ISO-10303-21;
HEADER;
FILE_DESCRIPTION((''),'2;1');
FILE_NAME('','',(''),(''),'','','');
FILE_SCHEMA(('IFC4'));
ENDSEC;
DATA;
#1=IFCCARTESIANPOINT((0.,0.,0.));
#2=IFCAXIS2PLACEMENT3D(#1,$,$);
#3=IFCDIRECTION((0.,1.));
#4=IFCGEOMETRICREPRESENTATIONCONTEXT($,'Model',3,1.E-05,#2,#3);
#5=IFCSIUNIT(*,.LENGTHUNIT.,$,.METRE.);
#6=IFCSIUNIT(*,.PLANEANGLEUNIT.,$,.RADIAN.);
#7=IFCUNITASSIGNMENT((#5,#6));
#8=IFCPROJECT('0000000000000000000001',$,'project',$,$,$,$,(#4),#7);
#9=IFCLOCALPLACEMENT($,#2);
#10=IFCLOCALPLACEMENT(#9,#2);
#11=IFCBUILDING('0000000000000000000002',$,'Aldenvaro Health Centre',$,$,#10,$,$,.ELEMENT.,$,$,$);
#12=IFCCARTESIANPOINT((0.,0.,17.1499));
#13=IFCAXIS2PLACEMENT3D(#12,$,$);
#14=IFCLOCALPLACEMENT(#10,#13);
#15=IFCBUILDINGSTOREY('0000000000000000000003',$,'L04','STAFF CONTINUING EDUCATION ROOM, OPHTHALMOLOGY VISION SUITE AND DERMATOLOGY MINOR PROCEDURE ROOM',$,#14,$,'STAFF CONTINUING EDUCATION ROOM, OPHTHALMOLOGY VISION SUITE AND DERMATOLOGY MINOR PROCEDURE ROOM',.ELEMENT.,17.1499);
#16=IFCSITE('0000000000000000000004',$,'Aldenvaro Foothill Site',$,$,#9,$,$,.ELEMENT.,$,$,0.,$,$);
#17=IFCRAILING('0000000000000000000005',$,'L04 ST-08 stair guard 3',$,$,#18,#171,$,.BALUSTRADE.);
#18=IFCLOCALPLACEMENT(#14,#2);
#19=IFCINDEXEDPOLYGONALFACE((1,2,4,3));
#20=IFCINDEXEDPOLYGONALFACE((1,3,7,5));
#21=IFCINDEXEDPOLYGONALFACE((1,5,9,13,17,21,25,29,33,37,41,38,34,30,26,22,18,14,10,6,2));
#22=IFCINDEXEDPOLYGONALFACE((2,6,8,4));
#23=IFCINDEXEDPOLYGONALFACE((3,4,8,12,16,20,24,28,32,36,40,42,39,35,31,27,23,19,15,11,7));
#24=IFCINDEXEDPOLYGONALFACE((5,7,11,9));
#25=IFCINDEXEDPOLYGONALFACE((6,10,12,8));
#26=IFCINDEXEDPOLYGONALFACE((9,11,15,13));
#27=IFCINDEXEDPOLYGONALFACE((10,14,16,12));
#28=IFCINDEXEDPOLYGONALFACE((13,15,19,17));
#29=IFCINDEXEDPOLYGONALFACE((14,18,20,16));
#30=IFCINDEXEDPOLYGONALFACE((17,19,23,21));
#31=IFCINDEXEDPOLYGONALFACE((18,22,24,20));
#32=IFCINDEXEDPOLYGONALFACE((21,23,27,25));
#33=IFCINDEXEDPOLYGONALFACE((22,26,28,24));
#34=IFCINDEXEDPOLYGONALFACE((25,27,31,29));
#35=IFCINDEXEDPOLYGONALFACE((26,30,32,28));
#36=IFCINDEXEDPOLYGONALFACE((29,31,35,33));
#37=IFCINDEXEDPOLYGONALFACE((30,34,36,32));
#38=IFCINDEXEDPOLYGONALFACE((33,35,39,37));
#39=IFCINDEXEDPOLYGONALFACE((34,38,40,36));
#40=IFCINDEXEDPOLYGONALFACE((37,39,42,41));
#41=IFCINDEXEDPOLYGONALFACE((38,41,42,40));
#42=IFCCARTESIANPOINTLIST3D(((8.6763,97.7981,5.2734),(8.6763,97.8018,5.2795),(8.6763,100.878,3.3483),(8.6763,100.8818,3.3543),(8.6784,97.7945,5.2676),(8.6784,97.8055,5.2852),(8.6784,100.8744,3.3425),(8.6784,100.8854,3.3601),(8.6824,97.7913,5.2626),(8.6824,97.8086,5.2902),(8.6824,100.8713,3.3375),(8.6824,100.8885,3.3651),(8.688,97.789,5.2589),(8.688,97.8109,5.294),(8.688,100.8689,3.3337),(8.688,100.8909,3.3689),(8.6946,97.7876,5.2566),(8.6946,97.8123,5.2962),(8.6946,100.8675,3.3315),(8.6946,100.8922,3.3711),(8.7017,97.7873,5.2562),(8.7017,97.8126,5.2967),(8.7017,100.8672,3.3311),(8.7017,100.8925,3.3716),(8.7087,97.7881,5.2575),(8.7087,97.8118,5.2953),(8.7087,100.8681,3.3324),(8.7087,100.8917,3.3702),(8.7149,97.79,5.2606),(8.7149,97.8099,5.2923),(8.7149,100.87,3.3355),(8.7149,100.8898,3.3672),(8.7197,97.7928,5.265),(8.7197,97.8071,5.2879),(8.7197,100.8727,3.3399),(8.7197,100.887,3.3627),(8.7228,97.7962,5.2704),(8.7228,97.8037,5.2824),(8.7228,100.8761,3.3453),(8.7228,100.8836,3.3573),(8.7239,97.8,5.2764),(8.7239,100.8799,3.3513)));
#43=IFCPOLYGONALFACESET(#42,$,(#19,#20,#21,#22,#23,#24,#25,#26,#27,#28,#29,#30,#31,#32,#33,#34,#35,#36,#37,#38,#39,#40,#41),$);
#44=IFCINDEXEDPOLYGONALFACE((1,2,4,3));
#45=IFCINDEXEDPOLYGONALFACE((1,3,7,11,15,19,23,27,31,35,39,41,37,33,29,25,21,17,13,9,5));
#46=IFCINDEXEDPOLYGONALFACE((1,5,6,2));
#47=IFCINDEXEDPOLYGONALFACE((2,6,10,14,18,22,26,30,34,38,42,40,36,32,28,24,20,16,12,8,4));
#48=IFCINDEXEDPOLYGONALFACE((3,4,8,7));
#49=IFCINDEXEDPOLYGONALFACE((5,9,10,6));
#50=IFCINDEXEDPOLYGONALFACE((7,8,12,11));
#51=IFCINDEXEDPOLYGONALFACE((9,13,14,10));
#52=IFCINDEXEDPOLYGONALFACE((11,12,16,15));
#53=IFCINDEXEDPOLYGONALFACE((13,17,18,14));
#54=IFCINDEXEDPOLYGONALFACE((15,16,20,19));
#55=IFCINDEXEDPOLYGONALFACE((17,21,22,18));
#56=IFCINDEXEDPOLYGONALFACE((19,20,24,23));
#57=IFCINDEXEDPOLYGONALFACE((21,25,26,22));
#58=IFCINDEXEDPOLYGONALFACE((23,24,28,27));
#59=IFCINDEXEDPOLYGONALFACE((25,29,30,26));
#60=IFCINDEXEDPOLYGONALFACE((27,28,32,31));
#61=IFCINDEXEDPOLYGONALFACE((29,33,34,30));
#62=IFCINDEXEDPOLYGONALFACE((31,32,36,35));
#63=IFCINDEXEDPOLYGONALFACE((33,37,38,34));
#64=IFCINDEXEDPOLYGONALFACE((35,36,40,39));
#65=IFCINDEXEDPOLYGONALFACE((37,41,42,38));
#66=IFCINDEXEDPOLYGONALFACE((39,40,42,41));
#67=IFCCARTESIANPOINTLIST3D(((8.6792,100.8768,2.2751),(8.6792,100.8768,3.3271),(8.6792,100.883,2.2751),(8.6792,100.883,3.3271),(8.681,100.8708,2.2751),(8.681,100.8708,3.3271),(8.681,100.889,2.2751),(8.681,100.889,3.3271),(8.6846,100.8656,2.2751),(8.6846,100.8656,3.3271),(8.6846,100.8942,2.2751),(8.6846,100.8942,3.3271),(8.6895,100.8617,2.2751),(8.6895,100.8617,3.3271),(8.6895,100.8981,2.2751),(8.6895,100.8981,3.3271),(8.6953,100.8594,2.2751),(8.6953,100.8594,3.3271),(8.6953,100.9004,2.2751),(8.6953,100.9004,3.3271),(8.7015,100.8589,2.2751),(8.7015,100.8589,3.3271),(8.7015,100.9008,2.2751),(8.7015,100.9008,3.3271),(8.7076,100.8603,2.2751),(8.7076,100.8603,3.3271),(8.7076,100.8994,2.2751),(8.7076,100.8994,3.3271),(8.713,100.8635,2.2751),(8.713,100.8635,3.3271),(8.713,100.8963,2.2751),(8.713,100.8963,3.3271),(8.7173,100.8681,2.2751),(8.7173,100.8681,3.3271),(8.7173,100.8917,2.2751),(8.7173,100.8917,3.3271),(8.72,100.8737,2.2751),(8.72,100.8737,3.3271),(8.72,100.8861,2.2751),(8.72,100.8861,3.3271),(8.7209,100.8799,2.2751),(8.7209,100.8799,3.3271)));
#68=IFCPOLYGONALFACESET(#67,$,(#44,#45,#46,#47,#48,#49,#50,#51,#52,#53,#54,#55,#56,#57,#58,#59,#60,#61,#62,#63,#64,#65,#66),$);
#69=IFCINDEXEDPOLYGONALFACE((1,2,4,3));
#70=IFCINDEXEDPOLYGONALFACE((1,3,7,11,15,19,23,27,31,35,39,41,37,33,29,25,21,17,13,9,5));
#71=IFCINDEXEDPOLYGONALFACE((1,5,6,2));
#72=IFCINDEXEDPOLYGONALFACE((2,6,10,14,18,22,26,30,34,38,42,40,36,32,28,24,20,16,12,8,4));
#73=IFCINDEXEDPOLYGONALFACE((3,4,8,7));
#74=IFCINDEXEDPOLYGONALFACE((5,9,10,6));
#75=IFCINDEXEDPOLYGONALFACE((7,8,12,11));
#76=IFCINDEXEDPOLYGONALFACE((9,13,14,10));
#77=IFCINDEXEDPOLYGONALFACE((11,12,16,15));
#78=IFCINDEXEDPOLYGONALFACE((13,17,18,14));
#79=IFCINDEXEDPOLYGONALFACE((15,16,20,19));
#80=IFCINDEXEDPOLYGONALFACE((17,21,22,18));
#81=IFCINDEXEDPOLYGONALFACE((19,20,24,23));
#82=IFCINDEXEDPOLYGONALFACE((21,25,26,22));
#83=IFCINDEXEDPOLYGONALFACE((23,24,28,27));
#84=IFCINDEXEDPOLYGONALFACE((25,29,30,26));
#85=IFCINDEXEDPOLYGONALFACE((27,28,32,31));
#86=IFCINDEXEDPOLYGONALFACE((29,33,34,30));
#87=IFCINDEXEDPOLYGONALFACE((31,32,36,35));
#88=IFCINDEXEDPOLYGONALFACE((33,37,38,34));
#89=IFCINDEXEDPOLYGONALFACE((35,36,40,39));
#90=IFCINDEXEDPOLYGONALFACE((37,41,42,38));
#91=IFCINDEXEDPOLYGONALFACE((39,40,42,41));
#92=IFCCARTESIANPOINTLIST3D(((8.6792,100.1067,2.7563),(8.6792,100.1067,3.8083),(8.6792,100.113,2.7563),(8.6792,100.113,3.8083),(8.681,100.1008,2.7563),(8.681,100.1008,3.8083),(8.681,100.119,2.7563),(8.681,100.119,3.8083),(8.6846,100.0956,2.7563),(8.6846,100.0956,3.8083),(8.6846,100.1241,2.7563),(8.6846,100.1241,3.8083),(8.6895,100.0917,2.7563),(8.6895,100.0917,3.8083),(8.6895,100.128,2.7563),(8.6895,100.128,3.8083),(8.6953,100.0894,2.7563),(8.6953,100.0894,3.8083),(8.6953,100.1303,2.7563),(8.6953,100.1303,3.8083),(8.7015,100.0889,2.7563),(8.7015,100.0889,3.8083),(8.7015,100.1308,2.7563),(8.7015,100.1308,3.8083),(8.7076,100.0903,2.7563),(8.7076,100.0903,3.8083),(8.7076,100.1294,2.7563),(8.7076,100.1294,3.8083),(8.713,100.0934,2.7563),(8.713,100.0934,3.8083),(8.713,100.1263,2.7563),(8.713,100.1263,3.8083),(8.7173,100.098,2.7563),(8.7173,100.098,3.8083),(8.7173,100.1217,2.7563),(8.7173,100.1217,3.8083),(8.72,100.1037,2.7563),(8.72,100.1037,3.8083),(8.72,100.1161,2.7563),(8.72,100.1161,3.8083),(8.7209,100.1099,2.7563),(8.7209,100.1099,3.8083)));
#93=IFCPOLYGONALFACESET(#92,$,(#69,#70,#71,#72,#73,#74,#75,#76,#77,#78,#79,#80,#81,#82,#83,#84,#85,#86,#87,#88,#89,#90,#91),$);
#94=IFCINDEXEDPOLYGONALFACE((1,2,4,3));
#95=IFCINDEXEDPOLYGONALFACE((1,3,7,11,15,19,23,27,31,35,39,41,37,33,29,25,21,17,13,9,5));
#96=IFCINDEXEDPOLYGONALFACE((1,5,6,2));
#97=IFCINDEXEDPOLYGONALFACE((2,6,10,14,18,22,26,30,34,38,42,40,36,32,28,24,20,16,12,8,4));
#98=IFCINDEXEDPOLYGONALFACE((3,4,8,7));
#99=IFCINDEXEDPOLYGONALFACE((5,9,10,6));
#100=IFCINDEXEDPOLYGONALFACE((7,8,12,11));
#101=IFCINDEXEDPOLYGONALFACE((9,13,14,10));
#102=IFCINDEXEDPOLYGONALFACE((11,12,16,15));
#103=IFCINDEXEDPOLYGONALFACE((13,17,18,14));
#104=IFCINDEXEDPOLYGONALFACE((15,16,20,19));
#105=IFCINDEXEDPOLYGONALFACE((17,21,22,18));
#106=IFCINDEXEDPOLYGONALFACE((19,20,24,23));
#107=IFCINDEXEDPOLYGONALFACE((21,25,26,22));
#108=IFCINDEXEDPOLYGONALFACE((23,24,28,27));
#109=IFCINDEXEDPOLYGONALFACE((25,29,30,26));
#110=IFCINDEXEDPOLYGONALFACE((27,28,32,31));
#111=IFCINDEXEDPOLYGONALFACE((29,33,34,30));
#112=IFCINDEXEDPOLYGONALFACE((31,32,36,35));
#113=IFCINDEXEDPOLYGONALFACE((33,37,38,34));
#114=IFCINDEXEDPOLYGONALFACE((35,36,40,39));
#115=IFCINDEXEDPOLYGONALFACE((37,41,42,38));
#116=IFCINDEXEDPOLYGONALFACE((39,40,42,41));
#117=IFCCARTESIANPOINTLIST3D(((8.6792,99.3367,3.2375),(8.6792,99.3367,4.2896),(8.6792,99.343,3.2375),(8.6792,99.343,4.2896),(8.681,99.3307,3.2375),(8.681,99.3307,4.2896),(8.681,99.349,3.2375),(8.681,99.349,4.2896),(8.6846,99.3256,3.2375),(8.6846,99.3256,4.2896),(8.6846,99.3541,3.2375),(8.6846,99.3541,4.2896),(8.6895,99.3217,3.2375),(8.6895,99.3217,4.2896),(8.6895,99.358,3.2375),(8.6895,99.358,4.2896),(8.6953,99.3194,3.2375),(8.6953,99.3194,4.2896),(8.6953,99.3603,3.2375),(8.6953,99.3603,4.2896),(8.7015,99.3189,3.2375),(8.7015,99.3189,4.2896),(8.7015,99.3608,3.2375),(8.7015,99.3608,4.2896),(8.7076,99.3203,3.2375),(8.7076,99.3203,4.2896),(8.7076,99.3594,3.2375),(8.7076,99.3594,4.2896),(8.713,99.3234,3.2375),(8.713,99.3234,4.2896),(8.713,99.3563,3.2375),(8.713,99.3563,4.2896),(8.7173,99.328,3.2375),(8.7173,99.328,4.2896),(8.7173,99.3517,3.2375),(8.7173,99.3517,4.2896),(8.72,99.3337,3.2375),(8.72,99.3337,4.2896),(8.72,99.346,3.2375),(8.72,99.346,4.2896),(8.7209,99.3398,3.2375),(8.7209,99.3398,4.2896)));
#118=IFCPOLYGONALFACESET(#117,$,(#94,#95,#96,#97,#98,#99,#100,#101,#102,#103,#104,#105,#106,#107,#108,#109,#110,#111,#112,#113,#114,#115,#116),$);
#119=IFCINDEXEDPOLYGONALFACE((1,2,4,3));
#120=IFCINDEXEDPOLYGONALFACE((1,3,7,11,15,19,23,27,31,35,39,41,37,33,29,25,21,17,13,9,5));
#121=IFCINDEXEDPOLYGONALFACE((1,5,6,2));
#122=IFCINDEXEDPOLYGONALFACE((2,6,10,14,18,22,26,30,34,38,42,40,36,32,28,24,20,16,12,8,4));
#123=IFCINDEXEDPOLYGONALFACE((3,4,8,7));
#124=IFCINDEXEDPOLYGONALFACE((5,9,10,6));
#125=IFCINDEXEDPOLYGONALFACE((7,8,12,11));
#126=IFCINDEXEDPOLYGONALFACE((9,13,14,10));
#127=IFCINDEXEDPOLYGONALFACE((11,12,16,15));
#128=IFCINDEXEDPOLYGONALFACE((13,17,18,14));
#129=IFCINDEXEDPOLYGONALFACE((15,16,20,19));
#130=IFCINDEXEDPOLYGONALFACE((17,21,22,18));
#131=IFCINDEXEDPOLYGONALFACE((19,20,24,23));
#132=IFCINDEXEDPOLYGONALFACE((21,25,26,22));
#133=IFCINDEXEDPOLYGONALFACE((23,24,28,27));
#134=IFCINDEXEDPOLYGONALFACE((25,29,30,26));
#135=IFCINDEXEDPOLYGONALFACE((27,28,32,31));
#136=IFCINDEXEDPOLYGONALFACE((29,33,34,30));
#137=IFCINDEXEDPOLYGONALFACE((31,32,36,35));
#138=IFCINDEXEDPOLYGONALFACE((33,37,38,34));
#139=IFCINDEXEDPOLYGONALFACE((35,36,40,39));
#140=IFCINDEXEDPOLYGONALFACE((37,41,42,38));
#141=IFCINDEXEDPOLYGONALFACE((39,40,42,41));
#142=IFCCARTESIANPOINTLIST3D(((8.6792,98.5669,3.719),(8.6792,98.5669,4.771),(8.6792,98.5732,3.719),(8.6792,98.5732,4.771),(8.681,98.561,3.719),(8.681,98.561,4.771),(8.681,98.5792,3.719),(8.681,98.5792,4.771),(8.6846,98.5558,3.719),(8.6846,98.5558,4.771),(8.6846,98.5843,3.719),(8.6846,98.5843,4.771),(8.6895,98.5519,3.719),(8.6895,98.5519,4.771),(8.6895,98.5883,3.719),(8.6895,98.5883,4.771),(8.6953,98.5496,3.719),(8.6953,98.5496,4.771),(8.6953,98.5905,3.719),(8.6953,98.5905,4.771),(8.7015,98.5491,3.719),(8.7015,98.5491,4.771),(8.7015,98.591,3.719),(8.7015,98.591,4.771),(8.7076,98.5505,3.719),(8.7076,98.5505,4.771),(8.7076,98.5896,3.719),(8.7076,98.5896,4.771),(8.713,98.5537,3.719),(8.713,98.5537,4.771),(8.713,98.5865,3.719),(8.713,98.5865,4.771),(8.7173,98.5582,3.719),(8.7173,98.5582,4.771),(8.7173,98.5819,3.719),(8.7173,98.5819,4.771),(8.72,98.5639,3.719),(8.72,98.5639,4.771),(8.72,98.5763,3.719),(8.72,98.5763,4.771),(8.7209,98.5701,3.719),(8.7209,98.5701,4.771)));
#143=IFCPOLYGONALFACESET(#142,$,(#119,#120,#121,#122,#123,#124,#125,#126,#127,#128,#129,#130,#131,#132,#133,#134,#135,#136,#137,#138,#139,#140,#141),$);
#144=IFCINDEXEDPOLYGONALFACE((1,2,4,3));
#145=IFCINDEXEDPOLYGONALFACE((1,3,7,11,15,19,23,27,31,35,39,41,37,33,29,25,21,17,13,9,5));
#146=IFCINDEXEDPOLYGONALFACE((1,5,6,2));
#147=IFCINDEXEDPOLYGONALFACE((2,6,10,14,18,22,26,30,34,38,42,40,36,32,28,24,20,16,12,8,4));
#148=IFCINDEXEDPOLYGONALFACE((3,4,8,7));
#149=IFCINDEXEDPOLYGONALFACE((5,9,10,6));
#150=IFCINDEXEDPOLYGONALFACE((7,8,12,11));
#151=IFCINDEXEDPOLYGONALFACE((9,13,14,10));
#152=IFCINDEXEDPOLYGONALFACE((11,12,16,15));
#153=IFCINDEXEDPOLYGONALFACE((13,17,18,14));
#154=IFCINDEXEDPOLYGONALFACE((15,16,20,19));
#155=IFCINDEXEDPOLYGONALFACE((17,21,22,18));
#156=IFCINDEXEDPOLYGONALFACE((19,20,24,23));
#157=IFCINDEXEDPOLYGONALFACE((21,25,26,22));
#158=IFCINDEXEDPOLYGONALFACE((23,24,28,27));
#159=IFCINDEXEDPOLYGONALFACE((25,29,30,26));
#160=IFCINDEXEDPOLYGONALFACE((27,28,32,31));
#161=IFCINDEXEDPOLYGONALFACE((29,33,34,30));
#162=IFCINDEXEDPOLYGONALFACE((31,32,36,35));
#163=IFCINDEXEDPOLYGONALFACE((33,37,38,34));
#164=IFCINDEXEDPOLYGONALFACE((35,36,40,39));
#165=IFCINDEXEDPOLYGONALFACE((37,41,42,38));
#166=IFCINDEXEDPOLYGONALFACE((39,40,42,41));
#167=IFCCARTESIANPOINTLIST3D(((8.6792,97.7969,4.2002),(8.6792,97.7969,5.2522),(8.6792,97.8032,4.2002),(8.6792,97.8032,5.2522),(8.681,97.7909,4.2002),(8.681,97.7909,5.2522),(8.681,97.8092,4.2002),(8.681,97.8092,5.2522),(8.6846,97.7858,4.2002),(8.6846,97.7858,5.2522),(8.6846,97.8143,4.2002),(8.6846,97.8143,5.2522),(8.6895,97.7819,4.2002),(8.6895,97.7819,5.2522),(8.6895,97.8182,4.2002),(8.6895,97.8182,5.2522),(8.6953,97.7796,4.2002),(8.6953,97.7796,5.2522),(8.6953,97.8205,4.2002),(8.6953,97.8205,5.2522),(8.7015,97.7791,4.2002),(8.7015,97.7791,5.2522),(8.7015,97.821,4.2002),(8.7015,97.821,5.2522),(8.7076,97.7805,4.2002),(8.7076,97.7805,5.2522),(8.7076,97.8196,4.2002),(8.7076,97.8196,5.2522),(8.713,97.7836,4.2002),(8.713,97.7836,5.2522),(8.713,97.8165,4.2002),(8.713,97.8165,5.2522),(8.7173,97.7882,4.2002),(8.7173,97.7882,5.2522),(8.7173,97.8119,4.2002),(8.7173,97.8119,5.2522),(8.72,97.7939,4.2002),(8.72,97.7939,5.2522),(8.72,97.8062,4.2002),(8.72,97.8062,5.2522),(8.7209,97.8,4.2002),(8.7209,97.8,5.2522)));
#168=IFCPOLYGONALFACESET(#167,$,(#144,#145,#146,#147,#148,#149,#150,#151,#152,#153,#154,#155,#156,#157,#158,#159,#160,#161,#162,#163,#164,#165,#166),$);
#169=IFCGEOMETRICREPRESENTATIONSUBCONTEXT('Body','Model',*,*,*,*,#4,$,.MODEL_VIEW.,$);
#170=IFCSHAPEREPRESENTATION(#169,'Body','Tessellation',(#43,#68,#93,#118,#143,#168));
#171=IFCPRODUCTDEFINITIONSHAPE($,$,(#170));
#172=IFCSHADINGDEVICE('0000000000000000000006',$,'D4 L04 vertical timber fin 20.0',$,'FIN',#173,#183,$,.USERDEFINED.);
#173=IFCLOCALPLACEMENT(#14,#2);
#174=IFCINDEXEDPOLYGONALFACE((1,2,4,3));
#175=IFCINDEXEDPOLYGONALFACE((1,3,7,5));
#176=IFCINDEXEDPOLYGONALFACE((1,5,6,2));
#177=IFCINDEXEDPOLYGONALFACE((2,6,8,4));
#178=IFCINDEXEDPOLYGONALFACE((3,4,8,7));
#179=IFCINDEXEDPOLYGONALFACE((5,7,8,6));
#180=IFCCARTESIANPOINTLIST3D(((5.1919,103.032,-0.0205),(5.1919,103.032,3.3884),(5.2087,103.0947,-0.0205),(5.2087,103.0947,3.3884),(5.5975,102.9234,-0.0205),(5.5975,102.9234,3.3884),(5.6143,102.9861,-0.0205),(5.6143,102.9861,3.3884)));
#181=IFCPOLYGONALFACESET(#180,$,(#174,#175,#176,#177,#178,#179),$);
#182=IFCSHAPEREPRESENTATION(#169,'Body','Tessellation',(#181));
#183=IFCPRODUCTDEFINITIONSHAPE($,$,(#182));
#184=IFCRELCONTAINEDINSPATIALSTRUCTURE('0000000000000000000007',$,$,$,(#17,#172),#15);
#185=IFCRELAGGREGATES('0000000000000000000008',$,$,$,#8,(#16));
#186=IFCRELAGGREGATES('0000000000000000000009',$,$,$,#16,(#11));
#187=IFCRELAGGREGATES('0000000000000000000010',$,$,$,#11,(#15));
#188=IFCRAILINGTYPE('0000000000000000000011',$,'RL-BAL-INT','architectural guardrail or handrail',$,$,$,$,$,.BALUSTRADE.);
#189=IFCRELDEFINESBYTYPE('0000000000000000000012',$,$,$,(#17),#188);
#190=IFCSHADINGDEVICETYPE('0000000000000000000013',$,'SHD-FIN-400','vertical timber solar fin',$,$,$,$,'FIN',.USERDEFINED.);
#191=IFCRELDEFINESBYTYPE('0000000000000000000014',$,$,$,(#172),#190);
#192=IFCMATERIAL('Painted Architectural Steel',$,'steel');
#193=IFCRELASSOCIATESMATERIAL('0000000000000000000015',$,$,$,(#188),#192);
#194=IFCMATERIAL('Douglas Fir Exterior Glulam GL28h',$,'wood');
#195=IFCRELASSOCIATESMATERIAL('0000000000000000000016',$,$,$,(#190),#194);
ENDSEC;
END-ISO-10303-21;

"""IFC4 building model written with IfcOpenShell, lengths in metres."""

from ifc_helpers import new_model, si_unit, direction, frame, origin, origin_2d, place, context, subcontext, project, spatial, rectangle, circle, extrude, material, type_object, element, save


model = new_model("IFC4")

# Units and contexts
model_context = context("Model", 3, precision=1e-05, world=origin(), true_north=direction((0.0, 1.0)))
body_context = subcontext(model_context, "Body", "Model", "MODEL_VIEW")
ifc_project = project(units=[si_unit("LENGTHUNIT", "METRE"), si_unit("PLANEANGLEUNIT", "RADIAN")], contexts=[model_context])

# Site, building, storey
site_placement = place(None, origin())
site = spatial("IfcSite", under=ifc_project, at=site_placement, Name="Aldenvaro Foothill Site", CompositionType="ELEMENT", RefElevation=0.0)
building_placement = place(site_placement, origin())
building = spatial("IfcBuilding", under=site, at=building_placement, Name="Aldenvaro Health Centre", CompositionType="ELEMENT")
storey_placement = place(building_placement, frame((0.0, 0.0, 17.1499)))
storey = spatial("IfcBuildingStorey", under=building, at=storey_placement, Name="L04", Description="STAFF CONTINUING EDUCATION ROOM, OPHTHALMOLOGY VISION SUITE AND DERMATOLOGY MINOR PROCEDURE ROOM", LongName="STAFF CONTINUING EDUCATION ROOM, OPHTHALMOLOGY VISION SUITE AND DERMATOLOGY MINOR PROCEDURE ROOM", CompositionType="ELEMENT", Elevation=17.1499)

# Railing
ifc_material_1 = material(Name="Painted Architectural Steel", Category="steel")
railing_type = type_object("IfcRailingType", Name="RL-BAL-INT", Description="architectural guardrail or handrail", PredefinedType="BALUSTRADE", material=ifc_material_1)
railing_1_placement = place(storey_placement, frame((8.7, 100.8799, 2.2751)))
element("IfcRailing", 1, at=railing_1_placement, inside=storey, type_object=railing_type, Name="L04 ST-08 stair guard 3", PredefinedType="BALUSTRADE", context=body_context, shape_type="SweptSolid", body=[
    extrude(circle(Radius=0.0239, at=origin_2d()), frame((0.0, 0.0, 1.0762), z_axis=(0.0, -0.847979, 0.530029), x_axis=(1.0, 0.0, 0.0)), (0.0, 0.0, 1.0), 3.6321),
    extrude(circle(Radius=0.021, at=origin_2d()), origin(), (0.0, 0.0, 1.0), 1.052),
    extrude(circle(Radius=0.021, at=origin_2d()), frame((0.0, -0.77, 0.4812)), (0.0, 0.0, 1.0), 1.052),
    extrude(circle(Radius=0.021, at=origin_2d()), frame((0.0, -1.54, 0.9624)), (0.0, 0.0, 1.0), 1.052),
    extrude(circle(Radius=0.021, at=origin_2d()), frame((0.0, -2.3098, 1.4438)), (0.0, 0.0, 1.0), 1.052),
    extrude(circle(Radius=0.021, at=origin_2d()), frame((0.0, -3.0798, 1.925)), (0.0, 0.0, 1.0), 1.052),
])

# Shading device
ifc_material_2 = material(Name="Douglas Fir Exterior Glulam GL28h", Category="wood")
shading_device_type = type_object("IfcShadingDeviceType", Name="SHD-FIN-400", Description="vertical timber solar fin", ElementType="FIN", PredefinedType="USERDEFINED", material=ifc_material_2)
shading_device_placement = place(storey_placement, frame((5.4031, 103.009, -0.0205), z_axis=(0.0, 0.0, 1.0), x_axis=(0.258622, 0.965979, 0.0)))
element("IfcShadingDevice", 2, at=shading_device_placement, inside=storey, type_object=shading_device_type, Name="D4 L04 vertical timber fin 20.0", ObjectType="FIN", PredefinedType="USERDEFINED", context=body_context, shape_type="SweptSolid", body=[
    extrude(rectangle(XDim=0.0649, YDim=0.4199, at=origin_2d()), origin(), (0.0, 0.0, 1.0), 3.4089),
])

save(model, "model.ifc")
